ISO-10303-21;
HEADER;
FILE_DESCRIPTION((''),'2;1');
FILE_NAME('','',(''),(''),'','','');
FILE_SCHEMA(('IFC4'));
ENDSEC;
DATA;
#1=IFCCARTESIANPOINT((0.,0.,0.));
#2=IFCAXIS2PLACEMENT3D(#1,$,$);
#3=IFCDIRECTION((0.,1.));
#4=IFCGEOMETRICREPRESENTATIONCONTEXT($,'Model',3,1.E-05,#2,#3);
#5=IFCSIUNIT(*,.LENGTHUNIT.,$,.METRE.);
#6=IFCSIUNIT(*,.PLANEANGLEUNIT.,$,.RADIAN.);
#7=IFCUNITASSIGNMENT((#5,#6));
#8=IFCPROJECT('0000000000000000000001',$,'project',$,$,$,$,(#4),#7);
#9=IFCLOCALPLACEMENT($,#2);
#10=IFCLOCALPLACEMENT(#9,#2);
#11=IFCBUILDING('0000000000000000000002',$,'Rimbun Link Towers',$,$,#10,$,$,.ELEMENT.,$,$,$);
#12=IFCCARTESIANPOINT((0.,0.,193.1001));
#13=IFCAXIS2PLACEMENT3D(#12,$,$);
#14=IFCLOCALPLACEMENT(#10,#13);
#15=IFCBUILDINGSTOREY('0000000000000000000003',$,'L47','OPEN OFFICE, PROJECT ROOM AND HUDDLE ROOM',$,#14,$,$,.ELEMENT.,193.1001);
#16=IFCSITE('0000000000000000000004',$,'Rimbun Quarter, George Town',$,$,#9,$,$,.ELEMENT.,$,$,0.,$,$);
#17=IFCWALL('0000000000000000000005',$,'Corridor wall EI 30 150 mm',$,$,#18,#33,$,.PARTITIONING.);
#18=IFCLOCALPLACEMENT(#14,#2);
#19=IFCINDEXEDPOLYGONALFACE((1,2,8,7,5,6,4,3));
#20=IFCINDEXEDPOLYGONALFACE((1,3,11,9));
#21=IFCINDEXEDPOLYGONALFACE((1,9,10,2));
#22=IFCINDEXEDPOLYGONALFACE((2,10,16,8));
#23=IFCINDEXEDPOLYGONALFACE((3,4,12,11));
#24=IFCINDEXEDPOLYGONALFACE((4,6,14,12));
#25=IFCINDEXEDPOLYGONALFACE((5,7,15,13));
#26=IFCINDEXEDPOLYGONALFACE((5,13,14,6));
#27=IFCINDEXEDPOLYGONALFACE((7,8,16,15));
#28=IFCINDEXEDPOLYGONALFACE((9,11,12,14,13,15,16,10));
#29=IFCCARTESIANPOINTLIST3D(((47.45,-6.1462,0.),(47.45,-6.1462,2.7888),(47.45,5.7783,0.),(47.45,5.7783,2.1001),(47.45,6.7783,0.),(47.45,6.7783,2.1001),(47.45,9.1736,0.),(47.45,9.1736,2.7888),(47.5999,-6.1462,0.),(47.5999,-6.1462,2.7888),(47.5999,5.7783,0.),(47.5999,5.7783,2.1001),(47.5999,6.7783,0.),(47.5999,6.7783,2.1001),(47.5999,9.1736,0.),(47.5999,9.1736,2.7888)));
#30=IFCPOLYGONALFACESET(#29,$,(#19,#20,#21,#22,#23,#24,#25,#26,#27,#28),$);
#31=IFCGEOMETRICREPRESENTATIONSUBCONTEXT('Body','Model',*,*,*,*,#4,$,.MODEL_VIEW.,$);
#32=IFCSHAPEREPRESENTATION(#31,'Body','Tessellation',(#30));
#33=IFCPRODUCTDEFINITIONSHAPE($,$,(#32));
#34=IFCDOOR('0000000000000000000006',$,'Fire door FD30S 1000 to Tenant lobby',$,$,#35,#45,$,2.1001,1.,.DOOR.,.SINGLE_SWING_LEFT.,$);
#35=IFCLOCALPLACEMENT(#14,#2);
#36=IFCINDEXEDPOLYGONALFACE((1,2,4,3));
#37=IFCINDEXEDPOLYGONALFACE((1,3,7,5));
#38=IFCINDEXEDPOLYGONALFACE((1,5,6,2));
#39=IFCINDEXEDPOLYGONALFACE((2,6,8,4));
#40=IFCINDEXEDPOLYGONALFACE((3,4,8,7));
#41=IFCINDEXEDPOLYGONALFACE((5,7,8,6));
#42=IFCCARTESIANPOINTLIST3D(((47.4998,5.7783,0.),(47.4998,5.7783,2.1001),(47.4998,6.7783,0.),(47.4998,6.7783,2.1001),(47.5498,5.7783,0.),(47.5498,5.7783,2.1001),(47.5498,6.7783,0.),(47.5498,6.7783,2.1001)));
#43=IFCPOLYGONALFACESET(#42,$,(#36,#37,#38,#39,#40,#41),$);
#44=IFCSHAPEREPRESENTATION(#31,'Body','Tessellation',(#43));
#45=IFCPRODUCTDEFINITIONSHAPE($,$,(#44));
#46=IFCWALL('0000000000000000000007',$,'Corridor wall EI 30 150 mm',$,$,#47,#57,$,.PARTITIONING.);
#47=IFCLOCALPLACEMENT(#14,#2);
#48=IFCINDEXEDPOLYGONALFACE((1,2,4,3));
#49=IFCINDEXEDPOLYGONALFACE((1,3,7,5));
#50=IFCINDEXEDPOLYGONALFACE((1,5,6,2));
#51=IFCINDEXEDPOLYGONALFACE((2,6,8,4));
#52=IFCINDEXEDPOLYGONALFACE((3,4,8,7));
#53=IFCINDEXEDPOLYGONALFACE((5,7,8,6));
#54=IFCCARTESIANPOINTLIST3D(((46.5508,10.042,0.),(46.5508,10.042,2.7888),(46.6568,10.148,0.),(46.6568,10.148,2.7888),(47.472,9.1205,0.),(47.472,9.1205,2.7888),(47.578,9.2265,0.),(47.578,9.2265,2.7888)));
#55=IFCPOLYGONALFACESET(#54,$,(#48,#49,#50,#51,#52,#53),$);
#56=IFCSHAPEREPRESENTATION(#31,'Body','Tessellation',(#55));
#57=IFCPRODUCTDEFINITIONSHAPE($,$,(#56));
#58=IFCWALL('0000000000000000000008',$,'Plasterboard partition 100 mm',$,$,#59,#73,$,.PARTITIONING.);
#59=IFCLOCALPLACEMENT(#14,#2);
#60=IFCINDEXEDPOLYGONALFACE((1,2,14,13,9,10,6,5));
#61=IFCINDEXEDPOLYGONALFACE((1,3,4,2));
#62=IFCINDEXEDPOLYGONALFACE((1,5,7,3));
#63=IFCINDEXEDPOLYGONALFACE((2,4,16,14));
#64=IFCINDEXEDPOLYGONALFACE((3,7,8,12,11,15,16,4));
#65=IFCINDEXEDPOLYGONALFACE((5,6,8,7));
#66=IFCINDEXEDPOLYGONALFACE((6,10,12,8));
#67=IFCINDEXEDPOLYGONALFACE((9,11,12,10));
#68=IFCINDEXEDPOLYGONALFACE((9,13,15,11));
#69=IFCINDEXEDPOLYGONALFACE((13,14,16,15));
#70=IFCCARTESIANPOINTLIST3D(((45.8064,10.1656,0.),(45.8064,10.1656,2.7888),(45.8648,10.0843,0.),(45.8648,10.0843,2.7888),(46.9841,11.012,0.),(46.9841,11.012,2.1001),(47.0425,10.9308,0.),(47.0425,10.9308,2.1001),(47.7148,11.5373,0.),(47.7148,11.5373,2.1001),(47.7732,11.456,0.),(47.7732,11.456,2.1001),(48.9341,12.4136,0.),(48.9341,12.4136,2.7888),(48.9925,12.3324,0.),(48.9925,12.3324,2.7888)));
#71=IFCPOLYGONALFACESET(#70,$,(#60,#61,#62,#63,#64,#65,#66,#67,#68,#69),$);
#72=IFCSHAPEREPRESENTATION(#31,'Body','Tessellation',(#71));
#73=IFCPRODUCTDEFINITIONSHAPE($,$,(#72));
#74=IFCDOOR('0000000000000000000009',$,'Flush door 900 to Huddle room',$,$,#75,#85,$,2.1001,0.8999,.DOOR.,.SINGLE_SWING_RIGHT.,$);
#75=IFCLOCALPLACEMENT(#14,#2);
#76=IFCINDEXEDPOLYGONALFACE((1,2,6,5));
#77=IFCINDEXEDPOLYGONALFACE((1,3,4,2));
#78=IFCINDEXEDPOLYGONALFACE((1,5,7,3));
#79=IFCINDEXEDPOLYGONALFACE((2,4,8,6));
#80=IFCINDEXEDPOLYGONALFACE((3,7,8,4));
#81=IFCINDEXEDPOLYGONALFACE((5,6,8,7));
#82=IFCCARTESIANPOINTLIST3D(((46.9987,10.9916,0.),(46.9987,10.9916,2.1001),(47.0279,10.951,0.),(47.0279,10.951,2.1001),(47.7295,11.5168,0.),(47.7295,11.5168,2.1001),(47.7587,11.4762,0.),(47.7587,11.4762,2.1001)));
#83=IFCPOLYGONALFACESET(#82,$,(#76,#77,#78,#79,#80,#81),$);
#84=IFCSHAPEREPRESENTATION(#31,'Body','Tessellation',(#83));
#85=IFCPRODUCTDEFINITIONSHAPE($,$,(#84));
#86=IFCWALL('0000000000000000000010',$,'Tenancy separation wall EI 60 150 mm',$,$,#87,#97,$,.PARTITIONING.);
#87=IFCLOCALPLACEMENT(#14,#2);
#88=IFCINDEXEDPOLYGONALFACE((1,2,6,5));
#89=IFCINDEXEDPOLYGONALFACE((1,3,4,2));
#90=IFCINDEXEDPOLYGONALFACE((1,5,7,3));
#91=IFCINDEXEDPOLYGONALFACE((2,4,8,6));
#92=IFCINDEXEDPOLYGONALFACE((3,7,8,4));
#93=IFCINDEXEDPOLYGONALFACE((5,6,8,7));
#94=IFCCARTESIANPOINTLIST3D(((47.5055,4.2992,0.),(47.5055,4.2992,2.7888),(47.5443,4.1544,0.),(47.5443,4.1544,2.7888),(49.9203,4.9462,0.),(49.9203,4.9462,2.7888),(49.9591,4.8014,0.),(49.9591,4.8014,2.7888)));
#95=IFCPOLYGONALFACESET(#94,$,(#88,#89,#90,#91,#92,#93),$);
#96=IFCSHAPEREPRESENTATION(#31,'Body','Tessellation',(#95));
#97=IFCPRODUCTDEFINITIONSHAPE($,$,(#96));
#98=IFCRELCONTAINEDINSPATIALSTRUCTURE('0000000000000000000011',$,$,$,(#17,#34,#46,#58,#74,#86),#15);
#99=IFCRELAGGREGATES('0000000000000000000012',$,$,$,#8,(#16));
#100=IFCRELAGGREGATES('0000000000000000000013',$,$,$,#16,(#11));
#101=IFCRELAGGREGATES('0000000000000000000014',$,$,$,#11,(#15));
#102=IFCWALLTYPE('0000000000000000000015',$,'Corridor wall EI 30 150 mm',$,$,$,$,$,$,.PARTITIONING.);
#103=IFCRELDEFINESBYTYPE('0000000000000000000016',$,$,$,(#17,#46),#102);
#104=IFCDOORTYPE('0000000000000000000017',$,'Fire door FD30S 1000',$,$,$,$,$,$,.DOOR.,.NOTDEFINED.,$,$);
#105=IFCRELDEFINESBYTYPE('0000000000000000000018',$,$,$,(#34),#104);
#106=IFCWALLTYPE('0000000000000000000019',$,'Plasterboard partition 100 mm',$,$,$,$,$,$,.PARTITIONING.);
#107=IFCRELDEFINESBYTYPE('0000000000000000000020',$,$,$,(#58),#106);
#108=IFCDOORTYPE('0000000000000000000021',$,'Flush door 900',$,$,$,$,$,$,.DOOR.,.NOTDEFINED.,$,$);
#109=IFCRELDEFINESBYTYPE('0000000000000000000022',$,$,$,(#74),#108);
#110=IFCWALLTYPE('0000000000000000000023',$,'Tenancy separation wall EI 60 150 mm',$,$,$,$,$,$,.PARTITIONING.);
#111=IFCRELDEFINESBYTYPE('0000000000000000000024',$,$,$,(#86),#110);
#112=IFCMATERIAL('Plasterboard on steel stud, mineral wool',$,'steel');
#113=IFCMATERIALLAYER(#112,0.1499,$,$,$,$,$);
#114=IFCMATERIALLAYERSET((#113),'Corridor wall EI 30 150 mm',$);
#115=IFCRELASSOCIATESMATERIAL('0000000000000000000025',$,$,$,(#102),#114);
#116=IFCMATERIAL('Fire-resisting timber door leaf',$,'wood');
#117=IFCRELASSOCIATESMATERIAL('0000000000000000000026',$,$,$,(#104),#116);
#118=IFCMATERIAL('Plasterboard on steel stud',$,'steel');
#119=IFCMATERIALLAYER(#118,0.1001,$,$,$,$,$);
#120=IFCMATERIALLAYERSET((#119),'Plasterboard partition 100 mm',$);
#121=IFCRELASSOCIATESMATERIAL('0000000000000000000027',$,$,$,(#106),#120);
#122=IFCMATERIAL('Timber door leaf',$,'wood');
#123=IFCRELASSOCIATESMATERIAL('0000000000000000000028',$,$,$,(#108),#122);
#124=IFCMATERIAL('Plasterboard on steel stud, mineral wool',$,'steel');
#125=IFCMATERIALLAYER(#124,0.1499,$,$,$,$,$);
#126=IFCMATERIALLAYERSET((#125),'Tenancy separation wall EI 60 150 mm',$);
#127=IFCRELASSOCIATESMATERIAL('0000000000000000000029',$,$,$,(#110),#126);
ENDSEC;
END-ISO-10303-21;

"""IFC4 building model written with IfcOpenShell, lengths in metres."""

from ifc_helpers import new_model, si_unit, direction, frame, frame_2d, origin, place, context, subcontext, project, spatial, rectangle, extrude, material, layer, layer_set, type_object, element, fill, save


model = new_model("IFC4")

# Units and contexts
model_context = context("Model", 3, precision=1e-05, world=origin(), true_north=direction((0.0, 1.0)))
body_context = subcontext(model_context, "Body", "Model", "MODEL_VIEW")
ifc_project = project(units=[si_unit("LENGTHUNIT", "METRE"), si_unit("PLANEANGLEUNIT", "RADIAN")], contexts=[model_context])

# Site, building, storey
site_placement = place(None, origin())
site = spatial("IfcSite", under=ifc_project, at=site_placement, Name="Rimbun Quarter, George Town", CompositionType="ELEMENT", RefElevation=0.0)
building_placement = place(site_placement, origin())
building = spatial("IfcBuilding", under=site, at=building_placement, Name="Rimbun Link Towers", CompositionType="ELEMENT")
storey_placement = place(building_placement, frame((0.0, 0.0, 193.1001)))
storey = spatial("IfcBuildingStorey", under=building, at=storey_placement, Name="L47", Description="OPEN OFFICE, PROJECT ROOM AND HUDDLE ROOM", CompositionType="ELEMENT", Elevation=193.1001)

# Wall, opening, door
ifc_material_1 = material(Name="Plasterboard on steel stud, mineral wool", Category="steel")
ifc_layer_1 = layer(ifc_material_1, 0.1499)
ifc_layer_set_1 = layer_set([ifc_layer_1], Name="Corridor wall EI 30 150 mm")
wall_type_1 = type_object("IfcWallType", Name="Corridor wall EI 30 150 mm", PredefinedType="PARTITIONING", material=ifc_layer_set_1)
wall_1_placement = place(storey_placement, frame((47.5249, 9.1736, 0.0), z_axis=(0.0, 0.0, 1.0), x_axis=(0.0, -1.0, 0.0)))
wall_1 = element("IfcWall", 1, at=wall_1_placement, inside=storey, type_object=wall_type_1, Name="Corridor wall EI 30 150 mm", PredefinedType="PARTITIONING", context=body_context, shape_type="SweptSolid", body=[
    extrude(rectangle(XDim=15.3198, YDim=0.1499, at=frame_2d((7.6599, 0.0))), origin(), (0.0, 0.0, 1.0), 2.7888),
])
opening_1_placement = place(wall_1_placement, frame((2.3953, 0.0, 0.0)))
opening_1 = element("IfcOpeningElement", 2, at=opening_1_placement, cuts=wall_1, PredefinedType="OPENING", context=body_context, shape_type="SweptSolid", body=[
    extrude(rectangle(XDim=1.0, YDim=2.1001, at=frame_2d((0.5, 1.05))), frame((0.0, 0.085, 0.0), z_axis=(0.0, -1.0, 0.0), x_axis=(1.0, 0.0, 0.0)), (0.0, 0.0, 1.0), 0.1699),
])
ifc_material_2 = material(Name="Fire-resisting timber door leaf", Category="wood")
door_type_1 = type_object("IfcDoorType", Name="Fire door FD30S 1000", OperationType="NOTDEFINED", PredefinedType="DOOR", material=ifc_material_2)
door_1_placement = place(opening_1_placement, origin())
door_1 = element("IfcDoor", 3, at=door_1_placement, inside=storey, type_object=door_type_1, Name="Fire door FD30S 1000 to Tenant lobby", OperationType="SINGLE_SWING_LEFT", OverallHeight=2.1001, OverallWidth=1.0, PredefinedType="DOOR", context=body_context, shape_type="SweptSolid", body=[
    extrude(rectangle(XDim=1.0, YDim=2.1001, at=frame_2d((0.5, 1.05))), frame((0.0, 0.0249, 0.0), z_axis=(0.0, -1.0, 0.0), x_axis=(1.0, 0.0, 0.0)), (0.0, 0.0, 1.0), 0.05),
])
fill(opening_1, door_1)

# Wall
wall_2_placement = place(storey_placement, frame((47.5249, 9.1736, 0.0), z_axis=(0.0, 0.0, 1.0), x_axis=(-0.707013, 0.7072, 0.0)))
element("IfcWall", 4, at=wall_2_placement, inside=storey, type_object=wall_type_1, Name="Corridor wall EI 30 150 mm", PredefinedType="PARTITIONING", context=body_context, shape_type="SweptSolid", body=[
    extrude(rectangle(XDim=1.303, YDim=0.1499, at=frame_2d((0.6514, 0.0))), origin(), (0.0, 0.0, 1.0), 2.7888),
])

# Wall, opening, door
ifc_material_3 = material(Name="Plasterboard on steel stud", Category="steel")
ifc_layer_2 = layer(ifc_material_3, 0.1001)
ifc_layer_set_2 = layer_set([ifc_layer_2], Name="Plasterboard partition 100 mm")
wall_type_2 = type_object("IfcWallType", Name="Plasterboard partition 100 mm", PredefinedType="PARTITIONING", material=ifc_layer_set_2)
wall_3_placement = place(storey_placement, frame((45.8357, 10.125, 0.0), z_axis=(0.0, 0.0, 1.0), x_axis=(0.812013, 0.58364, 0.0)))
wall_3 = element("IfcWall", 5, at=wall_3_placement, inside=storey, type_object=wall_type_2, Name="Plasterboard partition 100 mm", PredefinedType="PARTITIONING", context=body_context, shape_type="SweptSolid", body=[
    extrude(rectangle(XDim=3.8518, YDim=0.1001, at=frame_2d((1.9258, 0.0))), origin(), (0.0, 0.0, 1.0), 2.7888),
])
opening_2_placement = place(wall_3_placement, frame((1.4502, 0.0, 0.0)))
opening_2 = element("IfcOpeningElement", 6, at=opening_2_placement, cuts=wall_3, PredefinedType="OPENING", context=body_context, shape_type="SweptSolid", body=[
    extrude(rectangle(XDim=0.8999, YDim=2.1001, at=frame_2d((0.45, 1.05))), frame((0.0, 0.0601, 0.0), z_axis=(0.0, -1.0, 0.0), x_axis=(1.0, 0.0, 0.0)), (0.0, 0.0, 1.0), 0.1201),
])
ifc_material_4 = material(Name="Timber door leaf", Category="wood")
door_type_2 = type_object("IfcDoorType", Name="Flush door 900", OperationType="NOTDEFINED", PredefinedType="DOOR", material=ifc_material_4)
door_2_placement = place(opening_2_placement, origin())
door_2 = element("IfcDoor", 7, at=door_2_placement, inside=storey, type_object=door_type_2, Name="Flush door 900 to Huddle room", OperationType="SINGLE_SWING_RIGHT", OverallHeight=2.1001, OverallWidth=0.8999, PredefinedType="DOOR", context=body_context, shape_type="SweptSolid", body=[
    extrude(rectangle(XDim=0.8999, YDim=2.1001, at=frame_2d((0.45, 1.05))), frame((0.0, 0.0249, 0.0), z_axis=(0.0, -1.0, 0.0), x_axis=(1.0, 0.0, 0.0)), (0.0, 0.0, 1.0), 0.05),
])
fill(opening_2, door_2)

# Wall
ifc_material_5 = material(Name="Plasterboard on steel stud, mineral wool", Category="steel")
ifc_layer_3 = layer(ifc_material_5, 0.1499)
ifc_layer_set_3 = layer_set([ifc_layer_3], Name="Tenancy separation wall EI 60 150 mm")
wall_type_3 = type_object("IfcWallType", Name="Tenancy separation wall EI 60 150 mm", PredefinedType="PARTITIONING", material=ifc_layer_set_3)
wall_4_placement = place(storey_placement, frame((47.5249, 4.2268, 0.0), z_axis=(0.0, 0.0, 1.0), x_axis=(0.965933, 0.258793, 0.0)))
element("IfcWall", 8, at=wall_4_placement, inside=storey, type_object=wall_type_3, Name="Tenancy separation wall EI 60 150 mm", PredefinedType="PARTITIONING", context=body_context, shape_type="SweptSolid", body=[
    extrude(rectangle(XDim=2.5, YDim=0.1499, at=frame_2d((1.25, 0.0))), origin(), (0.0, 0.0, 1.0), 2.7888),
])

save(model, "model.ifc")
